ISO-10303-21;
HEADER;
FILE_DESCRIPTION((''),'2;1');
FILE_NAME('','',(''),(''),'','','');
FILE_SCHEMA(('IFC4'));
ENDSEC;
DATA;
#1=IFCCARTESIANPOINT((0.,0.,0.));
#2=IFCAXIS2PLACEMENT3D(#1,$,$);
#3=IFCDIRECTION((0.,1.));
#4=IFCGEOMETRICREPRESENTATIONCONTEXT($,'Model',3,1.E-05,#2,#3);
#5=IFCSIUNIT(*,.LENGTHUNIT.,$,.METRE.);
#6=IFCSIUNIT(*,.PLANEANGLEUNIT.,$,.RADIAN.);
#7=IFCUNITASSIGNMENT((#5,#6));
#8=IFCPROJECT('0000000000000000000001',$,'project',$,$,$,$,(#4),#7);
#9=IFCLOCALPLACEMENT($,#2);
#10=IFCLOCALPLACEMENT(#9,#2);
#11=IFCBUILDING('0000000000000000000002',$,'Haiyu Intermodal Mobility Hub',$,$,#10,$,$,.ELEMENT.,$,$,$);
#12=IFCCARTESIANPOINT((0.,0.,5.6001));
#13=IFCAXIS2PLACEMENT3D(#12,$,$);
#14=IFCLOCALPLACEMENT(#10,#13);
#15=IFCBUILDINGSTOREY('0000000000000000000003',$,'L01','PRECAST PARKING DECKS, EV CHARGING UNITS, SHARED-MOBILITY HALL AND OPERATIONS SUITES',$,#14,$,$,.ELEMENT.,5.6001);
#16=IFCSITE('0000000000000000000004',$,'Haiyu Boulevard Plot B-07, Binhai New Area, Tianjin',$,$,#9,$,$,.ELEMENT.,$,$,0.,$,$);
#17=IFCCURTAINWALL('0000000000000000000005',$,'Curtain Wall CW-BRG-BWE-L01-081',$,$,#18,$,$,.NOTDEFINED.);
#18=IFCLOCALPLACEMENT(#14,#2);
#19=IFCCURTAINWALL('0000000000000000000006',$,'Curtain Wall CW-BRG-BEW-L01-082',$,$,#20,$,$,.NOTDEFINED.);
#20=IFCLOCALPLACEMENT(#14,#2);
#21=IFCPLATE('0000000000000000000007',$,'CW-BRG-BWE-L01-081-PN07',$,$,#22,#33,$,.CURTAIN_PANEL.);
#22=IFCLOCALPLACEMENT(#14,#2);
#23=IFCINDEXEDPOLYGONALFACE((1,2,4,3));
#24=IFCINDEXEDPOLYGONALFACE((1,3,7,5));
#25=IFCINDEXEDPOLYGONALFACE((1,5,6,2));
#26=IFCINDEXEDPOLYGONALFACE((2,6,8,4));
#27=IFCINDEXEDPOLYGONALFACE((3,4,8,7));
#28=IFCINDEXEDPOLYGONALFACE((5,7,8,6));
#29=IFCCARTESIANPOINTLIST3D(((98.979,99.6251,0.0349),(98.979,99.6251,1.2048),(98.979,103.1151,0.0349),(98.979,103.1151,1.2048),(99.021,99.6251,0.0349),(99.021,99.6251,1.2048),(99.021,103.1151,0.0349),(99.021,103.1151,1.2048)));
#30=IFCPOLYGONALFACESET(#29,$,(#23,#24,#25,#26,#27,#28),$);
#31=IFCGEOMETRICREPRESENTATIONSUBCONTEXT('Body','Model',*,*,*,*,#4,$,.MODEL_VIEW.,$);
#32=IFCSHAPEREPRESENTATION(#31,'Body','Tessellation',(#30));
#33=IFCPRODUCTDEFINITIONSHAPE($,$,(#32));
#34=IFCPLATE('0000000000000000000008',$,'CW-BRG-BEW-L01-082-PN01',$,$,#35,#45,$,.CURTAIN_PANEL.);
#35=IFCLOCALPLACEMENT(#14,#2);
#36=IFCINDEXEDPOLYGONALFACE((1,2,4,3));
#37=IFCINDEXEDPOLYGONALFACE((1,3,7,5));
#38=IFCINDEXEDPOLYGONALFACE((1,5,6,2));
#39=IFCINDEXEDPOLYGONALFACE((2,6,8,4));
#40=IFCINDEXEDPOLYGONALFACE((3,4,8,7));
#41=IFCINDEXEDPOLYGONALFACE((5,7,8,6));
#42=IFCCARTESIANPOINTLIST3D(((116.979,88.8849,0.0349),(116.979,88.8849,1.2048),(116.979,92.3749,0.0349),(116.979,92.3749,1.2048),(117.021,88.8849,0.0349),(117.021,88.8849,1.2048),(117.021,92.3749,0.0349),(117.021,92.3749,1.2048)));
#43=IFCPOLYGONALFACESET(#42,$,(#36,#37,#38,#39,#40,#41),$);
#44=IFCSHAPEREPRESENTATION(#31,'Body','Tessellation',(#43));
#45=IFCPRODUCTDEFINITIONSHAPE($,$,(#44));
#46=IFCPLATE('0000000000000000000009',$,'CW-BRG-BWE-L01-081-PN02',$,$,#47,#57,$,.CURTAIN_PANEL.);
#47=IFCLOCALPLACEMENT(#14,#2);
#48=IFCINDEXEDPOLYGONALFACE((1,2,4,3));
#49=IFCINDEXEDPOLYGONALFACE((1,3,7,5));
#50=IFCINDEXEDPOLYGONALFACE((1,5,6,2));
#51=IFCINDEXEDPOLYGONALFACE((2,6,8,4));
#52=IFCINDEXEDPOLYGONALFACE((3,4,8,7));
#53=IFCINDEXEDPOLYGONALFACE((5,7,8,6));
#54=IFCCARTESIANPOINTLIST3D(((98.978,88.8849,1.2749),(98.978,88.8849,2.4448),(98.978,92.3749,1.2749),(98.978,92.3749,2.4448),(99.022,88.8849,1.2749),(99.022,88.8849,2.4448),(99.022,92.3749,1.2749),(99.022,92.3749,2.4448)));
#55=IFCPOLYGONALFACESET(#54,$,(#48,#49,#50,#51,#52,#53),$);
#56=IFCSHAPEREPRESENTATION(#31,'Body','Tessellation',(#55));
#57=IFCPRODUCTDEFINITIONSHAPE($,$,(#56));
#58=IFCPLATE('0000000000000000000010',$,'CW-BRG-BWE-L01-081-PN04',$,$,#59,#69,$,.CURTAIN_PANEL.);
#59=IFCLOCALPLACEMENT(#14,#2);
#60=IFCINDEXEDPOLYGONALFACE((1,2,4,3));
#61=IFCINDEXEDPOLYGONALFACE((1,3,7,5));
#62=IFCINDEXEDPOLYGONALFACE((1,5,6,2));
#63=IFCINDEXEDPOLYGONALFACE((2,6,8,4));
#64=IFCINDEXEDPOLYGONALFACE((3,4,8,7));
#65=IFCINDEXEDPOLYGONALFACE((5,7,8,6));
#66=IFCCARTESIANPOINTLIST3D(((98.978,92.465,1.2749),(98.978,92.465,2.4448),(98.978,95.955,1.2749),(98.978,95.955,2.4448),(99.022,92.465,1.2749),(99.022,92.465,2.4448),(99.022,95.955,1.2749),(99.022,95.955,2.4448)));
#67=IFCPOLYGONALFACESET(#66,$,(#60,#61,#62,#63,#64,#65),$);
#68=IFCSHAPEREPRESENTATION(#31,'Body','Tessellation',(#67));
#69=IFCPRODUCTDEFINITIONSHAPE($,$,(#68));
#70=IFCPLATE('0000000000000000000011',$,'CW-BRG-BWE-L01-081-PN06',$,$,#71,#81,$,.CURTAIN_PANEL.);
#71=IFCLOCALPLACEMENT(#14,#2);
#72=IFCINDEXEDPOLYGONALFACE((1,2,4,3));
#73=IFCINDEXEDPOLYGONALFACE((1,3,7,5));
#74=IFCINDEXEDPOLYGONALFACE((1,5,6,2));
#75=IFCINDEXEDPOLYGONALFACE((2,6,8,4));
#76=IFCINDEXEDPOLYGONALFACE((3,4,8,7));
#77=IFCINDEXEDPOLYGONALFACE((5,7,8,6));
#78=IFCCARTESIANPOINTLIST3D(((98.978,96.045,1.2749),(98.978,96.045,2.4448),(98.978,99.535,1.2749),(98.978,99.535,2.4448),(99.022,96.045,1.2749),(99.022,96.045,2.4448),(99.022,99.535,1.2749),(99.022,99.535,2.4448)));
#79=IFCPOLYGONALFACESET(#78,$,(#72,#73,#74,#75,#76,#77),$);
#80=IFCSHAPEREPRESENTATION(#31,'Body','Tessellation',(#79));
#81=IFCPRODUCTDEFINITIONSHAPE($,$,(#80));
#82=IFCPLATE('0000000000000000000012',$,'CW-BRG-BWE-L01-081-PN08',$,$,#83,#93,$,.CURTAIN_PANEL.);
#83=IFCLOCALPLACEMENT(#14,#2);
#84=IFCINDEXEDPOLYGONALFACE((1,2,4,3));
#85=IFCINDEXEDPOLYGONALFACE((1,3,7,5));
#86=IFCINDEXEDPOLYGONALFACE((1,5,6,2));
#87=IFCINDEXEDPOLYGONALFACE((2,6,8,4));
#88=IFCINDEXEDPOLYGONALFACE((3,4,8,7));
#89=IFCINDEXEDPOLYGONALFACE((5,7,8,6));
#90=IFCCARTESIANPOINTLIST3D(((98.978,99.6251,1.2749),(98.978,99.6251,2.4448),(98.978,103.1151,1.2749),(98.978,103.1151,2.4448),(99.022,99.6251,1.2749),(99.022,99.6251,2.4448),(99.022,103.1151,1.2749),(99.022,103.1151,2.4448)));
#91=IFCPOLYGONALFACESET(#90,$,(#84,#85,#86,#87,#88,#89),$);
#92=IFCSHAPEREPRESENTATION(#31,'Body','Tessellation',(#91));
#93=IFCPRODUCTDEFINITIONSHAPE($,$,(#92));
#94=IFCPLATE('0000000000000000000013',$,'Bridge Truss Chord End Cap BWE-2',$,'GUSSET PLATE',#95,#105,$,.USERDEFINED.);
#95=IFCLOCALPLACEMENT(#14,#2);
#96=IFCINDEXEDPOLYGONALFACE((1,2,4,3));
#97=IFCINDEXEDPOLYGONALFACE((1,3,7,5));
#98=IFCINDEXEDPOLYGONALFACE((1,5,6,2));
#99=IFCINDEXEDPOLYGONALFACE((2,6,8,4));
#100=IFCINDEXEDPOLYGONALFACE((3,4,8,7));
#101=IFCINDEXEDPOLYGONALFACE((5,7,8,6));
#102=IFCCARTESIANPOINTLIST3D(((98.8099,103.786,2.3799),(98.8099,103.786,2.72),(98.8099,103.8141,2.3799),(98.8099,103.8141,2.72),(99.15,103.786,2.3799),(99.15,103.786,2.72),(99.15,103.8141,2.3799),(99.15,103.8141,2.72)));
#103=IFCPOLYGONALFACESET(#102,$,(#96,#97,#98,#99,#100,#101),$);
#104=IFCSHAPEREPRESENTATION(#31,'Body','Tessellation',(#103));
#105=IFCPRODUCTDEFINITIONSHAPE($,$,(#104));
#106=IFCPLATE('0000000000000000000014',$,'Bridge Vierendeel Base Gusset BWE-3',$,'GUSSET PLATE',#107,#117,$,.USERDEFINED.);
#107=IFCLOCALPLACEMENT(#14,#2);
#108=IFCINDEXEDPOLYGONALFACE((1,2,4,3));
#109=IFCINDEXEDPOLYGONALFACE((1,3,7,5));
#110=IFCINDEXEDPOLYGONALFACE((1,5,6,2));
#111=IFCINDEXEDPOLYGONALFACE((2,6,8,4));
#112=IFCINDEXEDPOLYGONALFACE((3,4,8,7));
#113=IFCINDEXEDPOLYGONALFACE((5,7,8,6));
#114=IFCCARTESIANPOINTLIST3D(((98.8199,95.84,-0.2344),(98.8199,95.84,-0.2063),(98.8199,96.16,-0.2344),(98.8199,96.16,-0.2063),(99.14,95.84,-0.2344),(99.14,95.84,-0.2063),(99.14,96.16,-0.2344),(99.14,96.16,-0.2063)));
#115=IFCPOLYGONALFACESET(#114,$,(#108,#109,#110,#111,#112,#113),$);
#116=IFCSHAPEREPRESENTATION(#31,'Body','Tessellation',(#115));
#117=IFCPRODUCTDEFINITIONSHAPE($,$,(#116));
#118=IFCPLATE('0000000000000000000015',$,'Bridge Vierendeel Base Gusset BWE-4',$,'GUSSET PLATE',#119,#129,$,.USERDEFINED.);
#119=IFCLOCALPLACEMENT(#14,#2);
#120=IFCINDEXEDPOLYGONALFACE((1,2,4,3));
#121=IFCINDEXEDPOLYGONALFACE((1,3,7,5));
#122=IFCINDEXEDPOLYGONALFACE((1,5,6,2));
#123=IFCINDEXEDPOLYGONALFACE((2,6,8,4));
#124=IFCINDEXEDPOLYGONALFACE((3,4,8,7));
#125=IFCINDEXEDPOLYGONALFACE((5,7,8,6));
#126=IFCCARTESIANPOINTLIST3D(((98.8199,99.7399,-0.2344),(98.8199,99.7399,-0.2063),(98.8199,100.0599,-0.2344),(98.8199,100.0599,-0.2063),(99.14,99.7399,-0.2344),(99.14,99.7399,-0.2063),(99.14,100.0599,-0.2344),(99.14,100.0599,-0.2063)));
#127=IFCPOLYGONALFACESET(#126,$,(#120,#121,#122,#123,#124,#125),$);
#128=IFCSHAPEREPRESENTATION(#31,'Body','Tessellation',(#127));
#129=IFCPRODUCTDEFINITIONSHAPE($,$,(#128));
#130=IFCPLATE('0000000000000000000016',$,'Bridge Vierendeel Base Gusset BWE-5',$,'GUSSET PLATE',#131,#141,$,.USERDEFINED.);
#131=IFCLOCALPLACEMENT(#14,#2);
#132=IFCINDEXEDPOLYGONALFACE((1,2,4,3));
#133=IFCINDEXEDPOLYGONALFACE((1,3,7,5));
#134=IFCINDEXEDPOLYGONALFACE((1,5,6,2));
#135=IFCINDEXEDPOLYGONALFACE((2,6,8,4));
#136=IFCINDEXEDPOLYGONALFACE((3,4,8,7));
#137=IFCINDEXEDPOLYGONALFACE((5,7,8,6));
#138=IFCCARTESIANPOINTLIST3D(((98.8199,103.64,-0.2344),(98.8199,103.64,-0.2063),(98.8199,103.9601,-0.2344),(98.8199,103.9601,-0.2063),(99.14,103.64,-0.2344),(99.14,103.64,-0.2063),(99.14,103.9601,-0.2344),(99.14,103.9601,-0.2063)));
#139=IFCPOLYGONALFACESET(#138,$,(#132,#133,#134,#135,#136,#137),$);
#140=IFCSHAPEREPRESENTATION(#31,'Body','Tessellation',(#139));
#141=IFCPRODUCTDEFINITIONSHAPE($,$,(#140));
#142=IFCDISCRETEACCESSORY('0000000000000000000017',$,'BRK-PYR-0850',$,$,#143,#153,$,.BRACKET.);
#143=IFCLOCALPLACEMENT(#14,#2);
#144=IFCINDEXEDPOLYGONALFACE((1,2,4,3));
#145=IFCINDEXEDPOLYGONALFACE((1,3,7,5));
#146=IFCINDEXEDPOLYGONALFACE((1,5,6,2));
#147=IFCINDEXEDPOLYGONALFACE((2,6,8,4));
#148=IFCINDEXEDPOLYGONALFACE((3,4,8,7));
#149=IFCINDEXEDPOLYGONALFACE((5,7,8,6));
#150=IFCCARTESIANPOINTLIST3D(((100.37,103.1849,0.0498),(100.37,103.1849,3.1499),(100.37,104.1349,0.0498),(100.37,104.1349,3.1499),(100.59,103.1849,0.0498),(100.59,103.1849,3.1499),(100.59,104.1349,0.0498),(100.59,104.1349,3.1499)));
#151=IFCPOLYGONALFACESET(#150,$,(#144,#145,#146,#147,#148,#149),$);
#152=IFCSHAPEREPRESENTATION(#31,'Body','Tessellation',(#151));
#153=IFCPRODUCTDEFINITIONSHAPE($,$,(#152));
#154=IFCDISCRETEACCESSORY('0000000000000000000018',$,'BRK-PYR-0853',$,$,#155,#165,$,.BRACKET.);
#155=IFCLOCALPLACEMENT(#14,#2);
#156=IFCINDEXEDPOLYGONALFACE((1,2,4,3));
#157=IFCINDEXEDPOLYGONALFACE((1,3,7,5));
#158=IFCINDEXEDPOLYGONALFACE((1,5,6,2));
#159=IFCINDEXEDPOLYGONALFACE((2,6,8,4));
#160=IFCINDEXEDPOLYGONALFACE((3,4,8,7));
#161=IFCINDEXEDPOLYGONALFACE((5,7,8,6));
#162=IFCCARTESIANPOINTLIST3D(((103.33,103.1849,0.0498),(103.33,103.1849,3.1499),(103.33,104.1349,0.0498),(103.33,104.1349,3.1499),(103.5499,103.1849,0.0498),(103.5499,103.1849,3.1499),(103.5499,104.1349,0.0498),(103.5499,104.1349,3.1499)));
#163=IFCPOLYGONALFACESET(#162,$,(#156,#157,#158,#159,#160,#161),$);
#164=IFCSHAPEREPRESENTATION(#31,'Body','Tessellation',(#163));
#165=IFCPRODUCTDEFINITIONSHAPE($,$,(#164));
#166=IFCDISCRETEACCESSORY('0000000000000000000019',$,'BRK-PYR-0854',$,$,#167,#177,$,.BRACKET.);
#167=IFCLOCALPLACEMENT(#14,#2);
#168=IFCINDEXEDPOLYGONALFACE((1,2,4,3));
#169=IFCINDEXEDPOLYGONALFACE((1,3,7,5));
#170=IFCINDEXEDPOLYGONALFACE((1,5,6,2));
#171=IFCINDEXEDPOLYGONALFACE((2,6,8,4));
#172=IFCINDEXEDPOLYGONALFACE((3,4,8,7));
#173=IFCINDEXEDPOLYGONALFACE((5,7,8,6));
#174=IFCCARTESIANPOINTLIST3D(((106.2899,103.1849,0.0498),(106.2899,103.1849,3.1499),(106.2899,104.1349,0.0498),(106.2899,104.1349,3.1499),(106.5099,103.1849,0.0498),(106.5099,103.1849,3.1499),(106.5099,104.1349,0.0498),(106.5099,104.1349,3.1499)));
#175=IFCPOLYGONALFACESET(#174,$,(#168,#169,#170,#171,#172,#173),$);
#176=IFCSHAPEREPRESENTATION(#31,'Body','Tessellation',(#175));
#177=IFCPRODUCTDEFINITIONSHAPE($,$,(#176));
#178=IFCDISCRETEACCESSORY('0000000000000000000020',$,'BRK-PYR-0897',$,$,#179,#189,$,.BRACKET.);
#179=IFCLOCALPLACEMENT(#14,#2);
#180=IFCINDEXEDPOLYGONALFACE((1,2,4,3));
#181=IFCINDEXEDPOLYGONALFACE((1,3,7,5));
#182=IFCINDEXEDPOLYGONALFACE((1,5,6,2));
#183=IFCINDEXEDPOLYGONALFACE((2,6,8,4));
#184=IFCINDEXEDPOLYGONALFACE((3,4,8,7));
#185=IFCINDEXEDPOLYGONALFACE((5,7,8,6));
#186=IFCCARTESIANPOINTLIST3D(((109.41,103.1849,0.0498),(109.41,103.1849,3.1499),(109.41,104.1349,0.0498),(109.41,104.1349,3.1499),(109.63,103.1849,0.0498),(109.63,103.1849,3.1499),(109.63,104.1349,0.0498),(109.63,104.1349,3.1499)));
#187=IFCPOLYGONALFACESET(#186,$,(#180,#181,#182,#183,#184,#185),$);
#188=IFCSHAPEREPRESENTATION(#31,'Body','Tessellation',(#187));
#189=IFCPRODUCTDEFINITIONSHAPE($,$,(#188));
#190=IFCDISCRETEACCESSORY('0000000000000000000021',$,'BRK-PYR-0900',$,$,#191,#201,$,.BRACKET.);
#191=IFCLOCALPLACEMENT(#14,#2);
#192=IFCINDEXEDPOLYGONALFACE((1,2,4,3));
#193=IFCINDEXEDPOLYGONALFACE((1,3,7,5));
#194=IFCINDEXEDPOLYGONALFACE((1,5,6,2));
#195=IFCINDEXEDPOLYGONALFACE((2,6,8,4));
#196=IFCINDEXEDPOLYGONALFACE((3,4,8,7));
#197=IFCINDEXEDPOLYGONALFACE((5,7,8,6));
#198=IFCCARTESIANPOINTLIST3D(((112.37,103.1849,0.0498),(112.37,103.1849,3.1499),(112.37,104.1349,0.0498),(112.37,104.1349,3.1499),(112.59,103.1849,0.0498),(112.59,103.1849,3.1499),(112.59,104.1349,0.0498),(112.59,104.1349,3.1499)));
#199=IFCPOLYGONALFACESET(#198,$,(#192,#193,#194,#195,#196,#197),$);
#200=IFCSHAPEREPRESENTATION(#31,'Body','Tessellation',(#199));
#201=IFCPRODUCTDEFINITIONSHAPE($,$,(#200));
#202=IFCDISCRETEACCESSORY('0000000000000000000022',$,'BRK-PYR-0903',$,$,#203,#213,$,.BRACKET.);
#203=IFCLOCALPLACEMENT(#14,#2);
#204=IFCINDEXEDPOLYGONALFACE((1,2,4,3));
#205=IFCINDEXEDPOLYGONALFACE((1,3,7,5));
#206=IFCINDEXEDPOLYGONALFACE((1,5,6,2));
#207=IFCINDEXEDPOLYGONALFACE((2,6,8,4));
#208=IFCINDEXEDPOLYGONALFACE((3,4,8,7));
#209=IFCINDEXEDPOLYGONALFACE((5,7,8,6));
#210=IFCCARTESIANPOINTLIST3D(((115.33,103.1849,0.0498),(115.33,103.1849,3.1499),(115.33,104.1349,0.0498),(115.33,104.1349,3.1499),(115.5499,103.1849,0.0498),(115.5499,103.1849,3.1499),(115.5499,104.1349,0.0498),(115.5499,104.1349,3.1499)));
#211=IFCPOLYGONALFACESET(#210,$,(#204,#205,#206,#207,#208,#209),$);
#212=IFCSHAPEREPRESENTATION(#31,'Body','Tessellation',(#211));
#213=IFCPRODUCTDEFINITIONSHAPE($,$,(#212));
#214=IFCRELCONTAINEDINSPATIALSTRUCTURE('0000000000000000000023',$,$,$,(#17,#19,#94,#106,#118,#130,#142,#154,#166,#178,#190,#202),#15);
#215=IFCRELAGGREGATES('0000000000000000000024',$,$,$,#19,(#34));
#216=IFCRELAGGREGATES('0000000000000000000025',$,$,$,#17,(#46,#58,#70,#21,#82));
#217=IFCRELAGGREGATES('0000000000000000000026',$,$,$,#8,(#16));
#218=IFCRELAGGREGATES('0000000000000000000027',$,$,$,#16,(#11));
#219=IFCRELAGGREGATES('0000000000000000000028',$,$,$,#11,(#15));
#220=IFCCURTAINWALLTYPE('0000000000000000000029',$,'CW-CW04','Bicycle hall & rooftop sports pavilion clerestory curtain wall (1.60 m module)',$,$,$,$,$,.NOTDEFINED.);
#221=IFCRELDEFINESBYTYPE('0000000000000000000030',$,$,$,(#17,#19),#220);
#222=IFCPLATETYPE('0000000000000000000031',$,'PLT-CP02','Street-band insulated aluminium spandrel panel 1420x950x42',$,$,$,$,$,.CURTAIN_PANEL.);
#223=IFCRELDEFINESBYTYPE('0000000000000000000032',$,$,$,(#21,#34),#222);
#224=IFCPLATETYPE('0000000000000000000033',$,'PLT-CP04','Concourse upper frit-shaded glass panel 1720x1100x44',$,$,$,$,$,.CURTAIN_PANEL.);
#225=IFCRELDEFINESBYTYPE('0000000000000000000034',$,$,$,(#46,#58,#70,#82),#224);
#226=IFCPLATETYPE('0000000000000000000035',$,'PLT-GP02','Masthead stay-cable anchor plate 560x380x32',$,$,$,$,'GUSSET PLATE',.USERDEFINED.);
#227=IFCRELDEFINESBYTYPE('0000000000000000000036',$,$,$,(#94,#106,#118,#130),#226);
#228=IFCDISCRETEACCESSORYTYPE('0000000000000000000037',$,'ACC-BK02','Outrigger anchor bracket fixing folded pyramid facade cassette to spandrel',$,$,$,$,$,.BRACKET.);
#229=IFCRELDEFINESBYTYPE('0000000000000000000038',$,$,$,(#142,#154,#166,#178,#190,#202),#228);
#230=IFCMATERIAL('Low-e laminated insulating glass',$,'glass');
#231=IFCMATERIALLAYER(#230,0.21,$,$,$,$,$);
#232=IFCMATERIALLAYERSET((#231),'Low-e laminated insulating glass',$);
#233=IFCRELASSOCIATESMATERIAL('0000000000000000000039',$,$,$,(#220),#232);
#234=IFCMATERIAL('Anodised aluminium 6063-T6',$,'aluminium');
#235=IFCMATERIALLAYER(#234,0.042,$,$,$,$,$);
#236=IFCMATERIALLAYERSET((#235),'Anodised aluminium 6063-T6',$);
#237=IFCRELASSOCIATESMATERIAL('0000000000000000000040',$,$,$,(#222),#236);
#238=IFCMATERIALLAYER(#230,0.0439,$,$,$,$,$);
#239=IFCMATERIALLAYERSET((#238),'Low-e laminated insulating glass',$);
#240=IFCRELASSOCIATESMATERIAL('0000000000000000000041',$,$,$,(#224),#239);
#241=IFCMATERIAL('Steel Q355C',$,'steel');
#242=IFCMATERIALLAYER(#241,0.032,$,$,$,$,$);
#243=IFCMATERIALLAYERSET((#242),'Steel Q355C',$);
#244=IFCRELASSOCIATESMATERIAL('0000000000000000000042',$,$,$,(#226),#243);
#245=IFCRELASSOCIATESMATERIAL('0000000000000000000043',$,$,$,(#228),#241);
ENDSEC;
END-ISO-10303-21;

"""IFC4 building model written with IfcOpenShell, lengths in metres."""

from ifc_helpers import new_model, si_unit, direction, frame, origin, origin_2d, place, context, subcontext, project, spatial, rectangle, extrude, material, layer, layer_set, type_object, element, aggregate, save


model = new_model("IFC4")

# Units and contexts
model_context = context("Model", 3, precision=1e-05, world=origin(), true_north=direction((0.0, 1.0)))
body_context = subcontext(model_context, "Body", "Model", "MODEL_VIEW")
ifc_project = project(units=[si_unit("LENGTHUNIT", "METRE"), si_unit("PLANEANGLEUNIT", "RADIAN")], contexts=[model_context])

# Site, building, storey
site_placement = place(None, origin())
site = spatial("IfcSite", under=ifc_project, at=site_placement, Name="Haiyu Boulevard Plot B-07, Binhai New Area, Tianjin", CompositionType="ELEMENT", RefElevation=0.0)
building_placement = place(site_placement, origin())
building = spatial("IfcBuilding", under=site, at=building_placement, Name="Haiyu Intermodal Mobility Hub", CompositionType="ELEMENT")
storey_placement = place(building_placement, frame((0.0, 0.0, 5.6001)))
storey = spatial("IfcBuildingStorey", under=building, at=storey_placement, Name="L01", Description="PRECAST PARKING DECKS, EV CHARGING UNITS, SHARED-MOBILITY HALL AND OPERATIONS SUITES", CompositionType="ELEMENT", Elevation=5.6001)

# Shared definitions
ifc_material_1 = material(Name="Steel Q355C", Category="steel")

# Curtain wall
ifc_material_2 = material(Name="Low-e laminated insulating glass", Category="glass")
ifc_layer_1 = layer(ifc_material_2, 0.21)
ifc_layer_set_1 = layer_set([ifc_layer_1], Name="Low-e laminated insulating glass")
curtain_wall_type = type_object("IfcCurtainWallType", Name="CW-CW04", Description="Bicycle hall & rooftop sports pavilion clerestory curtain wall (1.60 m module)", PredefinedType="NOTDEFINED", material=ifc_layer_set_1)
curtain_wall_1_placement = place(storey_placement, origin())
curtain_wall_1 = element("IfcCurtainWall", 1, at=curtain_wall_1_placement, inside=storey, type_object=curtain_wall_type, Name="Curtain Wall CW-BRG-BWE-L01-081", PredefinedType="NOTDEFINED")
ifc_material_3 = material(Name="Anodised aluminium 6063-T6", Category="aluminium")

# Curtain wall
curtain_wall_2_placement = place(storey_placement, origin())
curtain_wall_2 = element("IfcCurtainWall", 2, at=curtain_wall_2_placement, inside=storey, type_object=curtain_wall_type, Name="Curtain Wall CW-BRG-BEW-L01-082", PredefinedType="NOTDEFINED")

# Plates
ifc_layer_2 = layer(ifc_material_3, 0.042)
ifc_layer_set_2 = layer_set([ifc_layer_2], Name="Anodised aluminium 6063-T6")
plate_type_1 = type_object("IfcPlateType", Name="PLT-CP02", Description="Street-band insulated aluminium spandrel panel 1420x950x42", PredefinedType="CURTAIN_PANEL", material=ifc_layer_set_2)
plate_1_placement = place(storey_placement, frame((99.0, 101.3701, 0.0349), z_axis=(0.0, 0.0, 1.0), x_axis=(0.0, 1.0, 0.0)))
plate_1 = element("IfcPlate", 3, at=plate_1_placement, type_object=plate_type_1, Name="CW-BRG-BWE-L01-081-PN07", PredefinedType="CURTAIN_PANEL", context=body_context, shape_type="SweptSolid", body=[
    extrude(rectangle(XDim=3.49, YDim=0.042, at=origin_2d()), origin(), (0.0, 0.0, 1.0), 1.1699),
])
plate_2_placement = place(storey_placement, frame((117.0, 90.6299, 0.0349), z_axis=(0.0, 0.0, 1.0), x_axis=(0.0, 1.0, 0.0)))
plate_2 = element("IfcPlate", 4, at=plate_2_placement, type_object=plate_type_1, Name="CW-BRG-BEW-L01-082-PN01", PredefinedType="CURTAIN_PANEL", context=body_context, shape_type="SweptSolid", body=[
    extrude(rectangle(XDim=3.49, YDim=0.042, at=origin_2d()), origin(), (0.0, 0.0, 1.0), 1.1699),
])
aggregate(curtain_wall_2, [plate_2])
ifc_layer_3 = layer(ifc_material_2, 0.0439)
ifc_layer_set_3 = layer_set([ifc_layer_3], Name="Low-e laminated insulating glass")
plate_type_2 = type_object("IfcPlateType", Name="PLT-CP04", Description="Concourse upper frit-shaded glass panel 1720x1100x44", PredefinedType="CURTAIN_PANEL", material=ifc_layer_set_3)
plate_3_placement = place(storey_placement, frame((99.0, 90.6299, 1.2749), z_axis=(0.0, 0.0, 1.0), x_axis=(0.0, 1.0, 0.0)))
plate_3 = element("IfcPlate", 5, at=plate_3_placement, type_object=plate_type_2, Name="CW-BRG-BWE-L01-081-PN02", PredefinedType="CURTAIN_PANEL", context=body_context, shape_type="SweptSolid", body=[
    extrude(rectangle(XDim=3.49, YDim=0.0439, at=origin_2d()), origin(), (0.0, 0.0, 1.0), 1.1699),
])
plate_4_placement = place(storey_placement, frame((99.0, 94.21, 1.2749), z_axis=(0.0, 0.0, 1.0), x_axis=(0.0, 1.0, 0.0)))
plate_4 = element("IfcPlate", 6, at=plate_4_placement, type_object=plate_type_2, Name="CW-BRG-BWE-L01-081-PN04", PredefinedType="CURTAIN_PANEL", context=body_context, shape_type="SweptSolid", body=[
    extrude(rectangle(XDim=3.49, YDim=0.0439, at=origin_2d()), origin(), (0.0, 0.0, 1.0), 1.1699),
])
plate_5_placement = place(storey_placement, frame((99.0, 97.79, 1.2749), z_axis=(0.0, 0.0, 1.0), x_axis=(0.0, 1.0, 0.0)))
plate_5 = element("IfcPlate", 7, at=plate_5_placement, type_object=plate_type_2, Name="CW-BRG-BWE-L01-081-PN06", PredefinedType="CURTAIN_PANEL", context=body_context, shape_type="SweptSolid", body=[
    extrude(rectangle(XDim=3.49, YDim=0.0439, at=origin_2d()), origin(), (0.0, 0.0, 1.0), 1.1699),
])
plate_6_placement = place(storey_placement, frame((99.0, 101.3701, 1.2749), z_axis=(0.0, 0.0, 1.0), x_axis=(0.0, 1.0, 0.0)))
plate_6 = element("IfcPlate", 8, at=plate_6_placement, type_object=plate_type_2, Name="CW-BRG-BWE-L01-081-PN08", PredefinedType="CURTAIN_PANEL", context=body_context, shape_type="SweptSolid", body=[
    extrude(rectangle(XDim=3.49, YDim=0.0439, at=origin_2d()), origin(), (0.0, 0.0, 1.0), 1.1699),
])
aggregate(curtain_wall_1, [plate_3, plate_4, plate_5, plate_1, plate_6])

# Plates
ifc_layer_4 = layer(ifc_material_1, 0.032)
ifc_layer_set_4 = layer_set([ifc_layer_4], Name="Steel Q355C")
plate_type_3 = type_object("IfcPlateType", Name="PLT-GP02", Description="Masthead stay-cable anchor plate 560x380x32", ElementType="GUSSET PLATE", PredefinedType="USERDEFINED", material=ifc_layer_set_4)
plate_7_placement = place(storey_placement, frame((98.98, 103.8, 2.3799), z_axis=(0.0, 0.0, 1.0), x_axis=(1.0, 0.0, 0.0)))
element("IfcPlate", 9, at=plate_7_placement, inside=storey, type_object=plate_type_3, Name="Bridge Truss Chord End Cap BWE-2", ObjectType="GUSSET PLATE", PredefinedType="USERDEFINED", context=body_context, shape_type="SweptSolid", body=[
    extrude(rectangle(XDim=0.3401, YDim=0.0281, at=origin_2d()), origin(), (0.0, 0.0, 1.0), 0.3401),
])
for number, where, z_axis, x_axis, name in (
    (10, (98.98, 96.0, -0.2344), (0.0, 0.0, 1.0), (1.0, 0.0, 0.0), "Bridge Vierendeel Base Gusset BWE-3"),
    (11, (98.98, 99.8999, -0.2344), (0.0, 0.0, 1.0), (1.0, 0.0, 0.0), "Bridge Vierendeel Base Gusset BWE-4"),
    (12, (98.98, 103.8, -0.2344), (0.0, 0.0, 1.0), (1.0, 0.0, 0.0), "Bridge Vierendeel Base Gusset BWE-5"),
):
    element("IfcPlate", number, at=place(storey_placement, frame(where, z_axis=z_axis, x_axis=x_axis)), inside=storey, type_object=plate_type_3, Name=name, ObjectType="GUSSET PLATE", PredefinedType="USERDEFINED", context=body_context, shape_type="SweptSolid", body=[
        extrude(rectangle(XDim=0.3201, YDim=0.3201, at=origin_2d()), origin(), (0.0, 0.0, 1.0), 0.0281),
    ])

# Discrete accessories
discrete_accessory_type_1 = type_object("IfcDiscreteAccessoryType", Name="ACC-BK02", Description="Outrigger anchor bracket fixing folded pyramid facade cassette to spandrel", PredefinedType="BRACKET", material=ifc_material_1)
for number, where, z_axis, x_axis, name in (
    (13, (100.48, 103.6599, 0.0498), (0.0, 0.0, 1.0), (1.0, 0.0, 0.0), "BRK-PYR-0850"),
    (14, (103.4399, 103.6599, 0.0498), (0.0, 0.0, 1.0), (1.0, 0.0, 0.0), "BRK-PYR-0853"),
    (15, (106.3999, 103.6599, 0.0498), (0.0, 0.0, 1.0), (1.0, 0.0, 0.0), "BRK-PYR-0854"),
    (16, (109.52, 103.6599, 0.0498), (0.0, 0.0, 1.0), (1.0, 0.0, 0.0), "BRK-PYR-0897"),
    (17, (112.48, 103.6599, 0.0498), (0.0, 0.0, 1.0), (1.0, 0.0, 0.0), "BRK-PYR-0900"),
    (18, (115.4399, 103.6599, 0.0498), (0.0, 0.0, 1.0), (1.0, 0.0, 0.0), "BRK-PYR-0903"),
):
    element("IfcDiscreteAccessory", number, at=place(storey_placement, frame(where, z_axis=z_axis, x_axis=x_axis)), inside=storey, type_object=discrete_accessory_type_1, Name=name, PredefinedType="BRACKET", context=body_context, shape_type="SweptSolid", body=[
        extrude(rectangle(XDim=0.22, YDim=0.95, at=origin_2d()), origin(), (0.0, 0.0, 1.0), 3.1001),
    ])

save(model, "model.ifc")
